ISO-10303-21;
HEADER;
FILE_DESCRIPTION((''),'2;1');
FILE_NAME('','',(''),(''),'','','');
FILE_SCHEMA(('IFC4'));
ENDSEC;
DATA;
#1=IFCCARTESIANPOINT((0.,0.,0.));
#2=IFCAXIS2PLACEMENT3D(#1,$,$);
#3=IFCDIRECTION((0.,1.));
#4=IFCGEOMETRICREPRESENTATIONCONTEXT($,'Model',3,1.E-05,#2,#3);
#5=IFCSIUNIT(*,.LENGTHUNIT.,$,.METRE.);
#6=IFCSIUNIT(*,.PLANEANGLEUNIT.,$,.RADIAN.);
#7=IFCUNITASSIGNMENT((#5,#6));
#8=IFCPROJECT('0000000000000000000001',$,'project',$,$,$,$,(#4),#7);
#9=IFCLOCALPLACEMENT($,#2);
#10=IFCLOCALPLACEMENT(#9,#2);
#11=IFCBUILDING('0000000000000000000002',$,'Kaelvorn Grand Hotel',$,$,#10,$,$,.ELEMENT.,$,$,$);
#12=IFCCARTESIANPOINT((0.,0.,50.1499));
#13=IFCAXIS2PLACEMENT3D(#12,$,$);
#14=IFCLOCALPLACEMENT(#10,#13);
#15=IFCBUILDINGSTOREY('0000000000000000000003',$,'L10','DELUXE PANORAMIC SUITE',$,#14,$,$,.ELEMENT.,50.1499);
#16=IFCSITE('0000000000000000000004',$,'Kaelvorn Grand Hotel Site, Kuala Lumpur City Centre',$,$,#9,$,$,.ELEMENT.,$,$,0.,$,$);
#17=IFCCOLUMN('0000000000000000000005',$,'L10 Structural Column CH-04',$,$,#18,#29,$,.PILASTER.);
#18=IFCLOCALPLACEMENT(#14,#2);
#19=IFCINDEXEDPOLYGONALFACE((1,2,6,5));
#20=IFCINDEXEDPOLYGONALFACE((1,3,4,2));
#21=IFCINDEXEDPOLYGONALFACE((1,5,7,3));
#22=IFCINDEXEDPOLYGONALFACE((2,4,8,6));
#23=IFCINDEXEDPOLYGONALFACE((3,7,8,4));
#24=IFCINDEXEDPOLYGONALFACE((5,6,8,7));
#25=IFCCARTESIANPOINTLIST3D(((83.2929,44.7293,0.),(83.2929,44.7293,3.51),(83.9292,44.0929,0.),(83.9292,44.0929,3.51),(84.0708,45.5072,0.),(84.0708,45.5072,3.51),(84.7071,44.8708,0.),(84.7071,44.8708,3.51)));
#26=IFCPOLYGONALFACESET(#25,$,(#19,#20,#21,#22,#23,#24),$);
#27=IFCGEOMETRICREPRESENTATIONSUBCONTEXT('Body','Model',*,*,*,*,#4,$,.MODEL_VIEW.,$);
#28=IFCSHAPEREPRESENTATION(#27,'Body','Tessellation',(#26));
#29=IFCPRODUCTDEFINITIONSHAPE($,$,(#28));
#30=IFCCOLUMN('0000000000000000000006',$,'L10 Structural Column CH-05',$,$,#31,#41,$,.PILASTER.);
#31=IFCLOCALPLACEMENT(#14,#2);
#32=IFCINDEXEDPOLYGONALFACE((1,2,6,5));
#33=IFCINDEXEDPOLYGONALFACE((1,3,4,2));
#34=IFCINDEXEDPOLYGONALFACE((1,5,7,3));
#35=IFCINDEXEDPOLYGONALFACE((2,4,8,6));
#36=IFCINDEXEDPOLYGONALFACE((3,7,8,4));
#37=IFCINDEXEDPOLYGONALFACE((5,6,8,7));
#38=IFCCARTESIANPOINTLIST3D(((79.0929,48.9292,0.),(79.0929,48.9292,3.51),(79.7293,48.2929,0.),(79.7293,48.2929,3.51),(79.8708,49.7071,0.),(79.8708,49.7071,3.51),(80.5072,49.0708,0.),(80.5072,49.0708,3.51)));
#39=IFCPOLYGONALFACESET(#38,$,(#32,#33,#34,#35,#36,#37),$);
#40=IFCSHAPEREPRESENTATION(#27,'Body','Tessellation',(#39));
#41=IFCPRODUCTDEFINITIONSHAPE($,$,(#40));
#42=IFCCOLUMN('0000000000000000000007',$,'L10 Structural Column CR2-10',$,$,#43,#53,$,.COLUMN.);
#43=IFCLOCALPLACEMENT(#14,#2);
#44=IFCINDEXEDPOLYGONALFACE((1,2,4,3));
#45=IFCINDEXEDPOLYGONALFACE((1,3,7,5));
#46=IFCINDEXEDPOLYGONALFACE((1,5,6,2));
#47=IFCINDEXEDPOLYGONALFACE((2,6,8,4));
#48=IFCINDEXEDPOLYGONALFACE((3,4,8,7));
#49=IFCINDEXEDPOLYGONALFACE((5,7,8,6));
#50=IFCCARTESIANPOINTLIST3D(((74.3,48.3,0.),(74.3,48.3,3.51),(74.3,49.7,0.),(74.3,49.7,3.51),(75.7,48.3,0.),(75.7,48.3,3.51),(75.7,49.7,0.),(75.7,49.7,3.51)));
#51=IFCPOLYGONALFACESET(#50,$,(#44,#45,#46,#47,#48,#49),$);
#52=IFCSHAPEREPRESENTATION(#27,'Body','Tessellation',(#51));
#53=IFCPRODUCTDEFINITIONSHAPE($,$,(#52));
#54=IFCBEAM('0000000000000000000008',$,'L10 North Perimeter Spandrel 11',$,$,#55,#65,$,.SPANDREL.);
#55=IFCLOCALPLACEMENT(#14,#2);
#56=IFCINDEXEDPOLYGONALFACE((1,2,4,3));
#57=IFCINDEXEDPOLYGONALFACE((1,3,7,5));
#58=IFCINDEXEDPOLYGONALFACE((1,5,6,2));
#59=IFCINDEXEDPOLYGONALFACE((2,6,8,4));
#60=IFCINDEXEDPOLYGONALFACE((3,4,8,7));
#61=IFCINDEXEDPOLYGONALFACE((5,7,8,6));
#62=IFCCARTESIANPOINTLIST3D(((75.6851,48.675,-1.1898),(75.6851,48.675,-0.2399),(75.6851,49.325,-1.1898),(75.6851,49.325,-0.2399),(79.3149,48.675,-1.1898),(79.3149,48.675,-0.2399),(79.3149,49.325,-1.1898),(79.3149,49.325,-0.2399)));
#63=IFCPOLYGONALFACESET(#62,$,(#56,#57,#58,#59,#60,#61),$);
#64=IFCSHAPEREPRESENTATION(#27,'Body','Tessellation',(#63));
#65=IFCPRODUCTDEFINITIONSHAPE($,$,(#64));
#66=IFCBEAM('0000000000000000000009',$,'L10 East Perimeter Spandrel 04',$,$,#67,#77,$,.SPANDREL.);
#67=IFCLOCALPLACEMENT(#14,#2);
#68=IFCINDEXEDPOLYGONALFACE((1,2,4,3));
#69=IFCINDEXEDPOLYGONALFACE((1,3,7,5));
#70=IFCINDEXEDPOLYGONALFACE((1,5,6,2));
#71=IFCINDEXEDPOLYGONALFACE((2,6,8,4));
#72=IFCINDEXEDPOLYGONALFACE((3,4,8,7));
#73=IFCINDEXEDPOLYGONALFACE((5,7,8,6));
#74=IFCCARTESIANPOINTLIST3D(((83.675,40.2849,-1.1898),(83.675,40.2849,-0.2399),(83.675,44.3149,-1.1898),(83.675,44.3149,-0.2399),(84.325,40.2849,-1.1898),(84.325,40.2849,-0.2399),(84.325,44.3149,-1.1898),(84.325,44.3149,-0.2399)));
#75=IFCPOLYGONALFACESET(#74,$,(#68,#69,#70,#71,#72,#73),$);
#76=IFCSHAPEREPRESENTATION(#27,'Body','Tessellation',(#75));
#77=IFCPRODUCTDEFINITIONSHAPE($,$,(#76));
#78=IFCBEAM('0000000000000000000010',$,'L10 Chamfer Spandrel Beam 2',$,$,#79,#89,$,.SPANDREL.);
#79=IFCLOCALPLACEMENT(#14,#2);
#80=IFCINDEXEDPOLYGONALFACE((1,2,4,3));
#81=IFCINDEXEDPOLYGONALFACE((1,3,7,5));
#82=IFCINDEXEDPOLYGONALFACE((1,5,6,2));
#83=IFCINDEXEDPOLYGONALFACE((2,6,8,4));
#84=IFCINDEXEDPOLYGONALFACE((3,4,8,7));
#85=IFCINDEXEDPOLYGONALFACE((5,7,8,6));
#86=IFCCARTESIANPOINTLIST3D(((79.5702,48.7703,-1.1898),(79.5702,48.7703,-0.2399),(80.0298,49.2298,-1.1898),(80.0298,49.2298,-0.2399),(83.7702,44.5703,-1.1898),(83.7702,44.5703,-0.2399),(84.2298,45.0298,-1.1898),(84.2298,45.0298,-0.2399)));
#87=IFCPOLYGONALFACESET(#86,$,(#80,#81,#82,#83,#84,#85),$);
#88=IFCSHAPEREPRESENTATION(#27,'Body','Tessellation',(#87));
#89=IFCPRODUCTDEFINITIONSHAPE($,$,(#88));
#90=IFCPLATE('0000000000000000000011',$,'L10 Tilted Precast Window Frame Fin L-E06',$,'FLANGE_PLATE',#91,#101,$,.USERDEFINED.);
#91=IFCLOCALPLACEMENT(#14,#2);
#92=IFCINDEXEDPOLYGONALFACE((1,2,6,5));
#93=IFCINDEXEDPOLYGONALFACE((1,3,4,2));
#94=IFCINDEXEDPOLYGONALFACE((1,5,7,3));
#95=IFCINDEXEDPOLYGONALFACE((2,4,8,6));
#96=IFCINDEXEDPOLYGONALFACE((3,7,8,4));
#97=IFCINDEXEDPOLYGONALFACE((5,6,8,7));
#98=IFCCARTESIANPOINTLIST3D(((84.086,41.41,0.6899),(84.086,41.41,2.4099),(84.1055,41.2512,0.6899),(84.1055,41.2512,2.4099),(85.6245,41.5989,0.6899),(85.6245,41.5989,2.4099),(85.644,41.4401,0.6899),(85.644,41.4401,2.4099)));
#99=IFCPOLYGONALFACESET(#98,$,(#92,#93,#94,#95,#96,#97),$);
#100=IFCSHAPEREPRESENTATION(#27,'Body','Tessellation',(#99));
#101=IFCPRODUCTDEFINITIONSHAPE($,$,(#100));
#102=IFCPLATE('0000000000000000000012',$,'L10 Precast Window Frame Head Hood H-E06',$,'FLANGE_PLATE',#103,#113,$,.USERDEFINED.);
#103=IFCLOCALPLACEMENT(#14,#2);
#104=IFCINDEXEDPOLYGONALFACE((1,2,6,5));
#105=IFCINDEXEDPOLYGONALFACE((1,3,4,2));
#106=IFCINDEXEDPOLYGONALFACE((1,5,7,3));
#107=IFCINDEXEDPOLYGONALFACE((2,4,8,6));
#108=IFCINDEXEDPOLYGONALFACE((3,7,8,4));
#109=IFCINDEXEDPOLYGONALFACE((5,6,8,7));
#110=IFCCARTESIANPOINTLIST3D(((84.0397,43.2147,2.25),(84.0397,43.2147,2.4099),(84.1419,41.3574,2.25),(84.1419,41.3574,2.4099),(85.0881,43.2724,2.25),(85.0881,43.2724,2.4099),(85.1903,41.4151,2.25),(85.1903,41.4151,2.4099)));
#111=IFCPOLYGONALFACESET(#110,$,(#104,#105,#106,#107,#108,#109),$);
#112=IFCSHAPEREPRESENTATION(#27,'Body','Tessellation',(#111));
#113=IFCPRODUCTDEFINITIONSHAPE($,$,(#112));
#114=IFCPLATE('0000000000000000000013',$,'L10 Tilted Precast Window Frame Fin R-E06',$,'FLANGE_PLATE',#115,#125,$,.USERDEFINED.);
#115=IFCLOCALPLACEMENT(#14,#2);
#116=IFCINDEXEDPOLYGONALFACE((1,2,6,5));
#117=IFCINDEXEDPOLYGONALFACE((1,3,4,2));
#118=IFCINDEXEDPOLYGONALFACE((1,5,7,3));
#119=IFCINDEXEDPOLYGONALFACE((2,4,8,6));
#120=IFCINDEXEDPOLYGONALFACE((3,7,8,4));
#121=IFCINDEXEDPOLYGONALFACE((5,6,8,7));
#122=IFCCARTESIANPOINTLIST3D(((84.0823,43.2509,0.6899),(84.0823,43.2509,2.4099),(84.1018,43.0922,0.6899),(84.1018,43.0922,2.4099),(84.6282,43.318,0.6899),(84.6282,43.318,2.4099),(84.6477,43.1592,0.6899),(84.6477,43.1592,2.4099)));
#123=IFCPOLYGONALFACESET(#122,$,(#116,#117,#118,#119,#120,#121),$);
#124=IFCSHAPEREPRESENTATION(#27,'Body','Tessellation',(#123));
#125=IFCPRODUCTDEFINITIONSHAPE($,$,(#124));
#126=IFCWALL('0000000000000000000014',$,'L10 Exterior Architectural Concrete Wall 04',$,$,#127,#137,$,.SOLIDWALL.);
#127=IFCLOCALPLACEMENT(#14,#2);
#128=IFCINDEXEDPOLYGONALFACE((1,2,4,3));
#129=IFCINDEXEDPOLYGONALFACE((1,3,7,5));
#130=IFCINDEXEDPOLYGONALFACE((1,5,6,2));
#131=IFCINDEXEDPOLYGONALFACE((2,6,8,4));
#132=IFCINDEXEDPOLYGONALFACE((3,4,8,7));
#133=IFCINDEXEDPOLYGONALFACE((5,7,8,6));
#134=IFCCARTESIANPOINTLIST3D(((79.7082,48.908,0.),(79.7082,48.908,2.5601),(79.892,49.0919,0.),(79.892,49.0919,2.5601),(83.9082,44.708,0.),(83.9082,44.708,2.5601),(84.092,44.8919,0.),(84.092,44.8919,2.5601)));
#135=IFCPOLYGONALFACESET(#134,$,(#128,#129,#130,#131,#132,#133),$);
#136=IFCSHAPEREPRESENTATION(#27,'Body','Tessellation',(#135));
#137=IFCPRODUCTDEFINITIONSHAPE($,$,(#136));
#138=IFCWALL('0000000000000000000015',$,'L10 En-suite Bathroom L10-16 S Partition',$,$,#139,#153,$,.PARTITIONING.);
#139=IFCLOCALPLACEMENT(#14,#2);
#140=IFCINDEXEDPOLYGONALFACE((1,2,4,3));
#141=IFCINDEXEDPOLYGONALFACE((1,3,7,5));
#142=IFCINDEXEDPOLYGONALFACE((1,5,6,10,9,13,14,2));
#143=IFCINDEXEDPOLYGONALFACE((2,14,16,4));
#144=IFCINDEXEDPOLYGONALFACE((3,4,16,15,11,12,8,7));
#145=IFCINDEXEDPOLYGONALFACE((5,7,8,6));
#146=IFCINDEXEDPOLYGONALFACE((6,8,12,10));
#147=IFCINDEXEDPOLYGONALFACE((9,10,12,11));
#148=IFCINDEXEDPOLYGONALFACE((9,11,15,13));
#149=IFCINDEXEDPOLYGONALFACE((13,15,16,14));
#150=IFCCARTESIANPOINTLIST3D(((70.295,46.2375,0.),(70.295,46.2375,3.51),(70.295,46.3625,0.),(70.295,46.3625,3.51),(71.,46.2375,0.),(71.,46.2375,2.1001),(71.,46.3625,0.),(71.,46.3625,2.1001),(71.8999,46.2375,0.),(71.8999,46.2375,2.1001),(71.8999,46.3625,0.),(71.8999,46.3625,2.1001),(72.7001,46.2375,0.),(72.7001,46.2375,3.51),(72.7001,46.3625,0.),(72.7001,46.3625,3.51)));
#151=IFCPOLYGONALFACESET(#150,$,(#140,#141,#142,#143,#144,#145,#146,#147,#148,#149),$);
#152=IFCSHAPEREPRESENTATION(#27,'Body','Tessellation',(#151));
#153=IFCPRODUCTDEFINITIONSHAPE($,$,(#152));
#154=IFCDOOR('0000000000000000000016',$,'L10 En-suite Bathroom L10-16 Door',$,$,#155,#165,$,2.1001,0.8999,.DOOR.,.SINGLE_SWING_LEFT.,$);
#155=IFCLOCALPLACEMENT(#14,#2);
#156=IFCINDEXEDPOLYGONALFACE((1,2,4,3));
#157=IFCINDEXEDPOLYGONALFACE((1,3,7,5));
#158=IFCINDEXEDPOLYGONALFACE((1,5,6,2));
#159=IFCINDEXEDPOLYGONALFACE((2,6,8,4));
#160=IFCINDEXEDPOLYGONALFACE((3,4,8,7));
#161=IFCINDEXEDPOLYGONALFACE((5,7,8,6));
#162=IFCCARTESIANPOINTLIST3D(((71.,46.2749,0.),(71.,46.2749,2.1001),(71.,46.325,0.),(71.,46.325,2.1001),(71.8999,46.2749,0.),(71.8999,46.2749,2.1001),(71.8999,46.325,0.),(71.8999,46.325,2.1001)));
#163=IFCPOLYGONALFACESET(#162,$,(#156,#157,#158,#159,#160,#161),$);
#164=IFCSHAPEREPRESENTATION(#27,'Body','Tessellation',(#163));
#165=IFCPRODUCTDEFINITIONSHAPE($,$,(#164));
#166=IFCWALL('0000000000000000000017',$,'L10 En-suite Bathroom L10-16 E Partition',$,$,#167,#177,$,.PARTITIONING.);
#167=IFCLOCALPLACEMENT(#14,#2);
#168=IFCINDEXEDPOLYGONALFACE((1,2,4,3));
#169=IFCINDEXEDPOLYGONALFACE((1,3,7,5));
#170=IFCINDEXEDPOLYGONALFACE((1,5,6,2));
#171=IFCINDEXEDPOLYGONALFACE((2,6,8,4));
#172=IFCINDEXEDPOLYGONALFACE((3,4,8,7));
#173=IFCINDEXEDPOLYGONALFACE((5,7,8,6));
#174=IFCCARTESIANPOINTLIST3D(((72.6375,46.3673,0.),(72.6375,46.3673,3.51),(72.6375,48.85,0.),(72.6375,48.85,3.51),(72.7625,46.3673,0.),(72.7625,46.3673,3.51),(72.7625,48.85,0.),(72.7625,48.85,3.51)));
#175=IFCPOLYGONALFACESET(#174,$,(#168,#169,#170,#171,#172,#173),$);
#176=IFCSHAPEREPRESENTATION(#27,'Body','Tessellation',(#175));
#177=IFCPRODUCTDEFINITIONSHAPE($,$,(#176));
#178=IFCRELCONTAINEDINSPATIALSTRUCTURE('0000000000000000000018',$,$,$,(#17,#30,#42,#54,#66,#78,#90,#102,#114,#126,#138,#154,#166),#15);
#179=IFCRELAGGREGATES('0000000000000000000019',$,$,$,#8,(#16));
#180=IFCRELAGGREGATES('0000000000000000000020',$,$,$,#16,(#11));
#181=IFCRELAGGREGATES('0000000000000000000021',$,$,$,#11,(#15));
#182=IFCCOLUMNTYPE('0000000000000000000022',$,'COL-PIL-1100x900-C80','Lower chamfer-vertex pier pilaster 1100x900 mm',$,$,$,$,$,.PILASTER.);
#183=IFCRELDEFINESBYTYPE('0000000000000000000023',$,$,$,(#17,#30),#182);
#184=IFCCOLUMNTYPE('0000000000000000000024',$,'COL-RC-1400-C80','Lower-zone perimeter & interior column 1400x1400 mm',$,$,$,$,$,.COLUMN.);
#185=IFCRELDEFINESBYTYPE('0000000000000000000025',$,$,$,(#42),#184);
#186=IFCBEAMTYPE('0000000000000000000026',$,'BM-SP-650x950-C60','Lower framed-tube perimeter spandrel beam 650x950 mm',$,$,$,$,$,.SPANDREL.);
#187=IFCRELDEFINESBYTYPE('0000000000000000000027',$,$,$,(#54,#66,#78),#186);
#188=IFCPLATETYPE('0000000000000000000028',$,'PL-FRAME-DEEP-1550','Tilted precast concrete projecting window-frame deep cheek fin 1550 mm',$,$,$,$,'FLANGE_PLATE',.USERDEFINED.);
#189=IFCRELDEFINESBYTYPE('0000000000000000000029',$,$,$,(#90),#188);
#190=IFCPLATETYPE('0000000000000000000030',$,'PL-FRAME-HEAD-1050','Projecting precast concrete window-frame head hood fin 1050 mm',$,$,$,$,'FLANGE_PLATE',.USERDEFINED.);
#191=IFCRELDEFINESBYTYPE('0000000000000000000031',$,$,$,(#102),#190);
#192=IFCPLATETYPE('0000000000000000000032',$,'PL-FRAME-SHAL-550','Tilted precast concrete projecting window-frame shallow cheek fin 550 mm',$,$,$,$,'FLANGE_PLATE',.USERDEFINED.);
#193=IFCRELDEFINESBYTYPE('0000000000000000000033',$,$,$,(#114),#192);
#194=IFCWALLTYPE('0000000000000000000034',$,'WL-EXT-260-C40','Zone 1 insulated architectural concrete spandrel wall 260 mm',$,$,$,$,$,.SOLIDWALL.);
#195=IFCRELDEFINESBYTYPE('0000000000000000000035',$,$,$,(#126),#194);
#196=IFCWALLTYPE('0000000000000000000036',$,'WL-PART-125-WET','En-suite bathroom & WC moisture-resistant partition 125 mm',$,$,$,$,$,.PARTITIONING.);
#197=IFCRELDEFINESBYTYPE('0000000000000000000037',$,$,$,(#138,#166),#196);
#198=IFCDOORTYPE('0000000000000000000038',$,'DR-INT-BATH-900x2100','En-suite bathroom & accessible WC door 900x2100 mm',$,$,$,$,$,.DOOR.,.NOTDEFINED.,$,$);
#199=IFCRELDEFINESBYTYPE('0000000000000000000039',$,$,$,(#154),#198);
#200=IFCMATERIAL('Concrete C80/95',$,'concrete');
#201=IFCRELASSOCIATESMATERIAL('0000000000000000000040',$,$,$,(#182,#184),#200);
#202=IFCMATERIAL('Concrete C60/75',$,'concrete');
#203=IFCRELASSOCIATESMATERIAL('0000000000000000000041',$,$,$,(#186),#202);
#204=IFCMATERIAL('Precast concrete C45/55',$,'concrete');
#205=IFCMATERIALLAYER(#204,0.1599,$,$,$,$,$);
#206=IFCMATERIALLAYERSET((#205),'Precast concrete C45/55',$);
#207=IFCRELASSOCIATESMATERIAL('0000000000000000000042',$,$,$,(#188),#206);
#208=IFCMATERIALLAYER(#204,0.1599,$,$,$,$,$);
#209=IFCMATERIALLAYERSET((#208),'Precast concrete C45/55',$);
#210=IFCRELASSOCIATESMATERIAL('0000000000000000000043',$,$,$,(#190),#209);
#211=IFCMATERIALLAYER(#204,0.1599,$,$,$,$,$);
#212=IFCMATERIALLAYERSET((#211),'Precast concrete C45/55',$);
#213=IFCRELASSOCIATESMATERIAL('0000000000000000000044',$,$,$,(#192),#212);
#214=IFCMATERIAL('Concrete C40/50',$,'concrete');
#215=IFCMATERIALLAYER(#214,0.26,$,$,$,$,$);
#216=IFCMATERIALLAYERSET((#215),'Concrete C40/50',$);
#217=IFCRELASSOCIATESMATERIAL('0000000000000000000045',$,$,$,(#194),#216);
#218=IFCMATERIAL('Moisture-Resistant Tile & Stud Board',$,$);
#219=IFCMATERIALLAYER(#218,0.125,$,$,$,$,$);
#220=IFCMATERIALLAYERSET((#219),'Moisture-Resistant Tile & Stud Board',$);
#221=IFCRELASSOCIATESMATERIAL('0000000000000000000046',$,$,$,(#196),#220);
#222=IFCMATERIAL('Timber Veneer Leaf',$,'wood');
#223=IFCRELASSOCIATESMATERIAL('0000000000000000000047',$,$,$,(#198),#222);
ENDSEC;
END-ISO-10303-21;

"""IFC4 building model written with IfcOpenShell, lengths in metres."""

from ifc_helpers import new_model, si_unit, direction, frame, frame_2d, origin, origin_2d, place, context, subcontext, project, spatial, rectangle, extrude, material, layer, layer_set, material_profile, profile_set, type_object, element, fill, save


model = new_model("IFC4")

# Units and contexts
model_context = context("Model", 3, precision=1e-05, world=origin(), true_north=direction((0.0, 1.0)))
body_context = subcontext(model_context, "Body", "Model", "MODEL_VIEW")
ifc_project = project(units=[si_unit("LENGTHUNIT", "METRE"), si_unit("PLANEANGLEUNIT", "RADIAN")], contexts=[model_context])

# Site, building, storey
site_placement = place(None, origin())
site = spatial("IfcSite", under=ifc_project, at=site_placement, Name="Kaelvorn Grand Hotel Site, Kuala Lumpur City Centre", CompositionType="ELEMENT", RefElevation=0.0)
building_placement = place(site_placement, origin())
building = spatial("IfcBuilding", under=site, at=building_placement, Name="Kaelvorn Grand Hotel", CompositionType="ELEMENT")
storey_placement = place(building_placement, frame((0.0, 0.0, 50.1499)))
storey = spatial("IfcBuildingStorey", under=building, at=storey_placement, Name="L10", Description="DELUXE PANORAMIC SUITE", CompositionType="ELEMENT", Elevation=50.1499)

# Columns
ifc_material_1 = material(Name="Concrete C80/95", Category="concrete")
ifc_material_profile_1 = material_profile(ifc_material_1, rectangle(XDim=1.1001, YDim=0.8999, at=origin_2d()), Name="RC PILASTER 1100x900")
ifc_profile_set_1 = profile_set([ifc_material_profile_1], Name="Concrete C80/95")
column_type_1 = type_object("IfcColumnType", Name="COL-PIL-1100x900-C80", Description="Lower chamfer-vertex pier pilaster 1100x900 mm", PredefinedType="PILASTER", material=ifc_profile_set_1)
for number, where, z_axis, x_axis, name in (
    (1, (84.0, 44.8, 0.0), (0.0, 0.0, 1.0), (0.707107, 0.707107, 0.0), "L10 Structural Column CH-04"),
    (2, (79.8, 49.0, 0.0), (0.0, 0.0, 1.0), (0.707107, 0.707107, 0.0), "L10 Structural Column CH-05"),
):
    element("IfcColumn", number, at=place(storey_placement, frame(where, z_axis=z_axis, x_axis=x_axis)), inside=storey, type_object=column_type_1, Name=name, PredefinedType="PILASTER", context=body_context, shape_type="SweptSolid", body=[
        extrude(rectangle(XDim=1.1001, YDim=0.8999, at=origin_2d()), origin(), (0.0, 0.0, 1.0), 3.51),
    ])
ifc_material_profile_2 = material_profile(ifc_material_1, rectangle(XDim=1.3999, YDim=1.3999, at=origin_2d()), Name="RC COL 1400x1400")
ifc_profile_set_2 = profile_set([ifc_material_profile_2], Name="Concrete C80/95")
column_type_2 = type_object("IfcColumnType", Name="COL-RC-1400-C80", Description="Lower-zone perimeter & interior column 1400x1400 mm", PredefinedType="COLUMN", material=ifc_profile_set_2)
column_placement = place(storey_placement, frame((75.0, 49.0, 0.0), z_axis=(0.0, 0.0, 1.0), x_axis=(1.0, 0.0, 0.0)))
element("IfcColumn", 3, at=column_placement, inside=storey, type_object=column_type_2, Name="L10 Structural Column CR2-10", PredefinedType="COLUMN", context=body_context, shape_type="SweptSolid", body=[
    extrude(rectangle(XDim=1.3999, YDim=1.3999, at=origin_2d()), origin(), (0.0, 0.0, 1.0), 3.51),
])

# Beams
ifc_material_2 = material(Name="Concrete C60/75", Category="concrete")
ifc_material_profile_3 = material_profile(ifc_material_2, rectangle(XDim=0.6499, YDim=0.95, at=origin_2d()), Name="RC SPANDREL 650x950")
ifc_profile_set_3 = profile_set([ifc_material_profile_3], Name="Concrete C60/75")
beam_type = type_object("IfcBeamType", Name="BM-SP-650x950-C60", Description="Lower framed-tube perimeter spandrel beam 650x950 mm", PredefinedType="SPANDREL", material=ifc_profile_set_3)
beam_1_placement = place(storey_placement, frame((75.6851, 49.0, -0.7148), z_axis=(1.0, 0.0, 0.0), x_axis=(0.0, 1.0, 0.0)))
element("IfcBeam", 4, at=beam_1_placement, inside=storey, type_object=beam_type, Name="L10 North Perimeter Spandrel 11", PredefinedType="SPANDREL", context=body_context, shape_type="SweptSolid", body=[
    extrude(rectangle(XDim=0.6499, YDim=0.95, at=origin_2d()), origin(), (0.0, 0.0, 1.0), 3.6299),
])
beam_2_placement = place(storey_placement, frame((84.0, 40.2849, -0.7148), z_axis=(0.0, 1.0, 0.0), x_axis=(-1.0, 0.0, 0.0)))
element("IfcBeam", 5, at=beam_2_placement, inside=storey, type_object=beam_type, Name="L10 East Perimeter Spandrel 04", PredefinedType="SPANDREL", context=body_context, shape_type="SweptSolid", body=[
    extrude(rectangle(XDim=0.6499, YDim=0.95, at=origin_2d()), origin(), (0.0, 0.0, 1.0), 4.03),
])
beam_3_placement = place(storey_placement, frame((84.0, 44.8, -0.7148), z_axis=(-0.707107, 0.707107, 0.0), x_axis=(-0.707107, -0.707107, 0.0)))
element("IfcBeam", 6, at=beam_3_placement, inside=storey, type_object=beam_type, Name="L10 Chamfer Spandrel Beam 2", PredefinedType="SPANDREL", context=body_context, shape_type="SweptSolid", body=[
    extrude(rectangle(XDim=0.6499, YDim=0.95, at=origin_2d()), origin(), (0.0, 0.0, 1.0), 5.9397),
])

# Plates
ifc_material_3 = material(Name="Precast concrete C45/55", Category="concrete")
ifc_layer_1 = layer(ifc_material_3, 0.1599)
ifc_layer_set_1 = layer_set([ifc_layer_1], Name="Precast concrete C45/55")
plate_type_1 = type_object("IfcPlateType", Name="PL-FRAME-DEEP-1550", Description="Tilted precast concrete projecting window-frame deep cheek fin 1550 mm", ElementType="FLANGE_PLATE", PredefinedType="USERDEFINED", material=ifc_layer_set_1)
plate_1_placement = place(storey_placement, frame((84.865, 41.425, 0.6899), z_axis=(0.0, 0.0, 1.0), x_axis=(-0.121869, 0.992546, 0.0)))
element("IfcPlate", 7, at=plate_1_placement, inside=storey, type_object=plate_type_1, Name="L10 Tilted Precast Window Frame Fin L-E06", ObjectType="FLANGE_PLATE", PredefinedType="USERDEFINED", context=body_context, shape_type="SweptSolid", body=[
    extrude(rectangle(XDim=0.1599, YDim=1.55, at=origin_2d()), origin(), (0.0, 0.0, 1.0), 1.72),
])
ifc_layer_2 = layer(ifc_material_3, 0.1599)
ifc_layer_set_2 = layer_set([ifc_layer_2], Name="Precast concrete C45/55")
plate_type_2 = type_object("IfcPlateType", Name="PL-FRAME-HEAD-1050", Description="Projecting precast concrete window-frame head hood fin 1050 mm", ElementType="FLANGE_PLATE", PredefinedType="USERDEFINED", material=ifc_layer_set_2)
plate_2_placement = place(storey_placement, frame((84.615, 42.3149, 2.25), z_axis=(0.0, 0.0, 1.0), x_axis=(-0.05495, 0.998489, 0.0)))
element("IfcPlate", 8, at=plate_2_placement, inside=storey, type_object=plate_type_2, Name="L10 Precast Window Frame Head Hood H-E06", ObjectType="FLANGE_PLATE", PredefinedType="USERDEFINED", context=body_context, shape_type="SweptSolid", body=[
    extrude(rectangle(XDim=1.8601, YDim=1.05, at=origin_2d()), origin(), (0.0, 0.0, 1.0), 0.1599),
])
ifc_layer_3 = layer(ifc_material_3, 0.1599)
ifc_layer_set_3 = layer_set([ifc_layer_3], Name="Precast concrete C45/55")
plate_type_3 = type_object("IfcPlateType", Name="PL-FRAME-SHAL-550", Description="Tilted precast concrete projecting window-frame shallow cheek fin 550 mm", ElementType="FLANGE_PLATE", PredefinedType="USERDEFINED", material=ifc_layer_set_3)
plate_3_placement = place(storey_placement, frame((84.365, 43.2051, 0.6899), z_axis=(0.0, 0.0, 1.0), x_axis=(-0.121869, 0.992546, 0.0)))
element("IfcPlate", 9, at=plate_3_placement, inside=storey, type_object=plate_type_3, Name="L10 Tilted Precast Window Frame Fin R-E06", ObjectType="FLANGE_PLATE", PredefinedType="USERDEFINED", context=body_context, shape_type="SweptSolid", body=[
    extrude(rectangle(XDim=0.1599, YDim=0.55, at=origin_2d()), origin(), (0.0, 0.0, 1.0), 1.72),
])

# Wall
ifc_material_4 = material(Name="Concrete C40/50", Category="concrete")
ifc_layer_4 = layer(ifc_material_4, 0.26)
ifc_layer_set_4 = layer_set([ifc_layer_4], Name="Concrete C40/50")
wall_type_1 = type_object("IfcWallType", Name="WL-EXT-260-C40", Description="Zone 1 insulated architectural concrete spandrel wall 260 mm", PredefinedType="SOLIDWALL", material=ifc_layer_set_4)
wall_1_placement = place(storey_placement, frame((84.0, 44.8, 0.0), z_axis=(0.0, 0.0, 1.0), x_axis=(-0.707107, 0.707107, 0.0)))
element("IfcWall", 10, at=wall_1_placement, inside=storey, type_object=wall_type_1, Name="L10 Exterior Architectural Concrete Wall 04", PredefinedType="SOLIDWALL", context=body_context, shape_type="SweptSolid", body=[
    extrude(rectangle(XDim=5.9397, YDim=0.26, at=frame_2d((2.9697, 0.0))), origin(), (0.0, 0.0, 1.0), 2.5601),
])

# Wall, opening, door
ifc_material_5 = material(Name="Moisture-Resistant Tile & Stud Board")
ifc_layer_5 = layer(ifc_material_5, 0.125)
ifc_layer_set_5 = layer_set([ifc_layer_5], Name="Moisture-Resistant Tile & Stud Board")
wall_type_2 = type_object("IfcWallType", Name="WL-PART-125-WET", Description="En-suite bathroom & WC moisture-resistant partition 125 mm", PredefinedType="PARTITIONING", material=ifc_layer_set_5)
wall_2_placement = place(storey_placement, frame((70.2949, 46.3, 0.0), z_axis=(0.0, 0.0, 1.0), x_axis=(1.0, 0.0, 0.0)))
wall_2 = element("IfcWall", 11, at=wall_2_placement, inside=storey, type_object=wall_type_2, Name="L10 En-suite Bathroom L10-16 S Partition", PredefinedType="PARTITIONING", context=body_context, shape_type="SweptSolid", body=[
    extrude(rectangle(XDim=2.405, YDim=0.125, at=frame_2d((1.2026, 0.0))), origin(), (0.0, 0.0, 1.0), 3.51),
])
opening_1_placement = place(wall_2_placement, frame((0.7051, 0.0, 0.0)))
opening_1 = element("IfcOpeningElement", 12, at=opening_1_placement, cuts=wall_2, PredefinedType="OPENING", context=body_context, shape_type="SweptSolid", body=[
    extrude(rectangle(XDim=0.8999, YDim=2.1001, at=frame_2d((0.45, 1.05))), frame((0.0, 0.0725, 0.0), z_axis=(0.0, -1.0, 0.0), x_axis=(1.0, 0.0, 0.0)), (0.0, 0.0, 1.0), 0.145),
])
ifc_material_6 = material(Name="Timber Veneer Leaf", Category="wood")
door_type = type_object("IfcDoorType", Name="DR-INT-BATH-900x2100", Description="En-suite bathroom & accessible WC door 900x2100 mm", OperationType="NOTDEFINED", PredefinedType="DOOR", material=ifc_material_6)
door_placement = place(opening_1_placement, origin())
door = element("IfcDoor", 13, at=door_placement, inside=storey, type_object=door_type, Name="L10 En-suite Bathroom L10-16 Door", OperationType="SINGLE_SWING_LEFT", OverallHeight=2.1001, OverallWidth=0.8999, PredefinedType="DOOR", context=body_context, shape_type="SweptSolid", body=[
    extrude(rectangle(XDim=0.8999, YDim=2.1001, at=frame_2d((0.45, 1.05))), frame((0.0, 0.0249, 0.0), z_axis=(0.0, -1.0, 0.0), x_axis=(1.0, 0.0, 0.0)), (0.0, 0.0, 1.0), 0.05),
])
fill(opening_1, door)

# Wall
wall_3_placement = place(storey_placement, frame((72.7, 46.3674, 0.0), z_axis=(0.0, 0.0, 1.0), x_axis=(0.0, 1.0, 0.0)))
element("IfcWall", 14, at=wall_3_placement, inside=storey, type_object=wall_type_2, Name="L10 En-suite Bathroom L10-16 E Partition", PredefinedType="PARTITIONING", context=body_context, shape_type="SweptSolid", body=[
    extrude(rectangle(XDim=2.4827, YDim=0.125, at=frame_2d((1.2412, 0.0))), origin(), (0.0, 0.0, 1.0), 3.51),
])

save(model, "model.ifc")
